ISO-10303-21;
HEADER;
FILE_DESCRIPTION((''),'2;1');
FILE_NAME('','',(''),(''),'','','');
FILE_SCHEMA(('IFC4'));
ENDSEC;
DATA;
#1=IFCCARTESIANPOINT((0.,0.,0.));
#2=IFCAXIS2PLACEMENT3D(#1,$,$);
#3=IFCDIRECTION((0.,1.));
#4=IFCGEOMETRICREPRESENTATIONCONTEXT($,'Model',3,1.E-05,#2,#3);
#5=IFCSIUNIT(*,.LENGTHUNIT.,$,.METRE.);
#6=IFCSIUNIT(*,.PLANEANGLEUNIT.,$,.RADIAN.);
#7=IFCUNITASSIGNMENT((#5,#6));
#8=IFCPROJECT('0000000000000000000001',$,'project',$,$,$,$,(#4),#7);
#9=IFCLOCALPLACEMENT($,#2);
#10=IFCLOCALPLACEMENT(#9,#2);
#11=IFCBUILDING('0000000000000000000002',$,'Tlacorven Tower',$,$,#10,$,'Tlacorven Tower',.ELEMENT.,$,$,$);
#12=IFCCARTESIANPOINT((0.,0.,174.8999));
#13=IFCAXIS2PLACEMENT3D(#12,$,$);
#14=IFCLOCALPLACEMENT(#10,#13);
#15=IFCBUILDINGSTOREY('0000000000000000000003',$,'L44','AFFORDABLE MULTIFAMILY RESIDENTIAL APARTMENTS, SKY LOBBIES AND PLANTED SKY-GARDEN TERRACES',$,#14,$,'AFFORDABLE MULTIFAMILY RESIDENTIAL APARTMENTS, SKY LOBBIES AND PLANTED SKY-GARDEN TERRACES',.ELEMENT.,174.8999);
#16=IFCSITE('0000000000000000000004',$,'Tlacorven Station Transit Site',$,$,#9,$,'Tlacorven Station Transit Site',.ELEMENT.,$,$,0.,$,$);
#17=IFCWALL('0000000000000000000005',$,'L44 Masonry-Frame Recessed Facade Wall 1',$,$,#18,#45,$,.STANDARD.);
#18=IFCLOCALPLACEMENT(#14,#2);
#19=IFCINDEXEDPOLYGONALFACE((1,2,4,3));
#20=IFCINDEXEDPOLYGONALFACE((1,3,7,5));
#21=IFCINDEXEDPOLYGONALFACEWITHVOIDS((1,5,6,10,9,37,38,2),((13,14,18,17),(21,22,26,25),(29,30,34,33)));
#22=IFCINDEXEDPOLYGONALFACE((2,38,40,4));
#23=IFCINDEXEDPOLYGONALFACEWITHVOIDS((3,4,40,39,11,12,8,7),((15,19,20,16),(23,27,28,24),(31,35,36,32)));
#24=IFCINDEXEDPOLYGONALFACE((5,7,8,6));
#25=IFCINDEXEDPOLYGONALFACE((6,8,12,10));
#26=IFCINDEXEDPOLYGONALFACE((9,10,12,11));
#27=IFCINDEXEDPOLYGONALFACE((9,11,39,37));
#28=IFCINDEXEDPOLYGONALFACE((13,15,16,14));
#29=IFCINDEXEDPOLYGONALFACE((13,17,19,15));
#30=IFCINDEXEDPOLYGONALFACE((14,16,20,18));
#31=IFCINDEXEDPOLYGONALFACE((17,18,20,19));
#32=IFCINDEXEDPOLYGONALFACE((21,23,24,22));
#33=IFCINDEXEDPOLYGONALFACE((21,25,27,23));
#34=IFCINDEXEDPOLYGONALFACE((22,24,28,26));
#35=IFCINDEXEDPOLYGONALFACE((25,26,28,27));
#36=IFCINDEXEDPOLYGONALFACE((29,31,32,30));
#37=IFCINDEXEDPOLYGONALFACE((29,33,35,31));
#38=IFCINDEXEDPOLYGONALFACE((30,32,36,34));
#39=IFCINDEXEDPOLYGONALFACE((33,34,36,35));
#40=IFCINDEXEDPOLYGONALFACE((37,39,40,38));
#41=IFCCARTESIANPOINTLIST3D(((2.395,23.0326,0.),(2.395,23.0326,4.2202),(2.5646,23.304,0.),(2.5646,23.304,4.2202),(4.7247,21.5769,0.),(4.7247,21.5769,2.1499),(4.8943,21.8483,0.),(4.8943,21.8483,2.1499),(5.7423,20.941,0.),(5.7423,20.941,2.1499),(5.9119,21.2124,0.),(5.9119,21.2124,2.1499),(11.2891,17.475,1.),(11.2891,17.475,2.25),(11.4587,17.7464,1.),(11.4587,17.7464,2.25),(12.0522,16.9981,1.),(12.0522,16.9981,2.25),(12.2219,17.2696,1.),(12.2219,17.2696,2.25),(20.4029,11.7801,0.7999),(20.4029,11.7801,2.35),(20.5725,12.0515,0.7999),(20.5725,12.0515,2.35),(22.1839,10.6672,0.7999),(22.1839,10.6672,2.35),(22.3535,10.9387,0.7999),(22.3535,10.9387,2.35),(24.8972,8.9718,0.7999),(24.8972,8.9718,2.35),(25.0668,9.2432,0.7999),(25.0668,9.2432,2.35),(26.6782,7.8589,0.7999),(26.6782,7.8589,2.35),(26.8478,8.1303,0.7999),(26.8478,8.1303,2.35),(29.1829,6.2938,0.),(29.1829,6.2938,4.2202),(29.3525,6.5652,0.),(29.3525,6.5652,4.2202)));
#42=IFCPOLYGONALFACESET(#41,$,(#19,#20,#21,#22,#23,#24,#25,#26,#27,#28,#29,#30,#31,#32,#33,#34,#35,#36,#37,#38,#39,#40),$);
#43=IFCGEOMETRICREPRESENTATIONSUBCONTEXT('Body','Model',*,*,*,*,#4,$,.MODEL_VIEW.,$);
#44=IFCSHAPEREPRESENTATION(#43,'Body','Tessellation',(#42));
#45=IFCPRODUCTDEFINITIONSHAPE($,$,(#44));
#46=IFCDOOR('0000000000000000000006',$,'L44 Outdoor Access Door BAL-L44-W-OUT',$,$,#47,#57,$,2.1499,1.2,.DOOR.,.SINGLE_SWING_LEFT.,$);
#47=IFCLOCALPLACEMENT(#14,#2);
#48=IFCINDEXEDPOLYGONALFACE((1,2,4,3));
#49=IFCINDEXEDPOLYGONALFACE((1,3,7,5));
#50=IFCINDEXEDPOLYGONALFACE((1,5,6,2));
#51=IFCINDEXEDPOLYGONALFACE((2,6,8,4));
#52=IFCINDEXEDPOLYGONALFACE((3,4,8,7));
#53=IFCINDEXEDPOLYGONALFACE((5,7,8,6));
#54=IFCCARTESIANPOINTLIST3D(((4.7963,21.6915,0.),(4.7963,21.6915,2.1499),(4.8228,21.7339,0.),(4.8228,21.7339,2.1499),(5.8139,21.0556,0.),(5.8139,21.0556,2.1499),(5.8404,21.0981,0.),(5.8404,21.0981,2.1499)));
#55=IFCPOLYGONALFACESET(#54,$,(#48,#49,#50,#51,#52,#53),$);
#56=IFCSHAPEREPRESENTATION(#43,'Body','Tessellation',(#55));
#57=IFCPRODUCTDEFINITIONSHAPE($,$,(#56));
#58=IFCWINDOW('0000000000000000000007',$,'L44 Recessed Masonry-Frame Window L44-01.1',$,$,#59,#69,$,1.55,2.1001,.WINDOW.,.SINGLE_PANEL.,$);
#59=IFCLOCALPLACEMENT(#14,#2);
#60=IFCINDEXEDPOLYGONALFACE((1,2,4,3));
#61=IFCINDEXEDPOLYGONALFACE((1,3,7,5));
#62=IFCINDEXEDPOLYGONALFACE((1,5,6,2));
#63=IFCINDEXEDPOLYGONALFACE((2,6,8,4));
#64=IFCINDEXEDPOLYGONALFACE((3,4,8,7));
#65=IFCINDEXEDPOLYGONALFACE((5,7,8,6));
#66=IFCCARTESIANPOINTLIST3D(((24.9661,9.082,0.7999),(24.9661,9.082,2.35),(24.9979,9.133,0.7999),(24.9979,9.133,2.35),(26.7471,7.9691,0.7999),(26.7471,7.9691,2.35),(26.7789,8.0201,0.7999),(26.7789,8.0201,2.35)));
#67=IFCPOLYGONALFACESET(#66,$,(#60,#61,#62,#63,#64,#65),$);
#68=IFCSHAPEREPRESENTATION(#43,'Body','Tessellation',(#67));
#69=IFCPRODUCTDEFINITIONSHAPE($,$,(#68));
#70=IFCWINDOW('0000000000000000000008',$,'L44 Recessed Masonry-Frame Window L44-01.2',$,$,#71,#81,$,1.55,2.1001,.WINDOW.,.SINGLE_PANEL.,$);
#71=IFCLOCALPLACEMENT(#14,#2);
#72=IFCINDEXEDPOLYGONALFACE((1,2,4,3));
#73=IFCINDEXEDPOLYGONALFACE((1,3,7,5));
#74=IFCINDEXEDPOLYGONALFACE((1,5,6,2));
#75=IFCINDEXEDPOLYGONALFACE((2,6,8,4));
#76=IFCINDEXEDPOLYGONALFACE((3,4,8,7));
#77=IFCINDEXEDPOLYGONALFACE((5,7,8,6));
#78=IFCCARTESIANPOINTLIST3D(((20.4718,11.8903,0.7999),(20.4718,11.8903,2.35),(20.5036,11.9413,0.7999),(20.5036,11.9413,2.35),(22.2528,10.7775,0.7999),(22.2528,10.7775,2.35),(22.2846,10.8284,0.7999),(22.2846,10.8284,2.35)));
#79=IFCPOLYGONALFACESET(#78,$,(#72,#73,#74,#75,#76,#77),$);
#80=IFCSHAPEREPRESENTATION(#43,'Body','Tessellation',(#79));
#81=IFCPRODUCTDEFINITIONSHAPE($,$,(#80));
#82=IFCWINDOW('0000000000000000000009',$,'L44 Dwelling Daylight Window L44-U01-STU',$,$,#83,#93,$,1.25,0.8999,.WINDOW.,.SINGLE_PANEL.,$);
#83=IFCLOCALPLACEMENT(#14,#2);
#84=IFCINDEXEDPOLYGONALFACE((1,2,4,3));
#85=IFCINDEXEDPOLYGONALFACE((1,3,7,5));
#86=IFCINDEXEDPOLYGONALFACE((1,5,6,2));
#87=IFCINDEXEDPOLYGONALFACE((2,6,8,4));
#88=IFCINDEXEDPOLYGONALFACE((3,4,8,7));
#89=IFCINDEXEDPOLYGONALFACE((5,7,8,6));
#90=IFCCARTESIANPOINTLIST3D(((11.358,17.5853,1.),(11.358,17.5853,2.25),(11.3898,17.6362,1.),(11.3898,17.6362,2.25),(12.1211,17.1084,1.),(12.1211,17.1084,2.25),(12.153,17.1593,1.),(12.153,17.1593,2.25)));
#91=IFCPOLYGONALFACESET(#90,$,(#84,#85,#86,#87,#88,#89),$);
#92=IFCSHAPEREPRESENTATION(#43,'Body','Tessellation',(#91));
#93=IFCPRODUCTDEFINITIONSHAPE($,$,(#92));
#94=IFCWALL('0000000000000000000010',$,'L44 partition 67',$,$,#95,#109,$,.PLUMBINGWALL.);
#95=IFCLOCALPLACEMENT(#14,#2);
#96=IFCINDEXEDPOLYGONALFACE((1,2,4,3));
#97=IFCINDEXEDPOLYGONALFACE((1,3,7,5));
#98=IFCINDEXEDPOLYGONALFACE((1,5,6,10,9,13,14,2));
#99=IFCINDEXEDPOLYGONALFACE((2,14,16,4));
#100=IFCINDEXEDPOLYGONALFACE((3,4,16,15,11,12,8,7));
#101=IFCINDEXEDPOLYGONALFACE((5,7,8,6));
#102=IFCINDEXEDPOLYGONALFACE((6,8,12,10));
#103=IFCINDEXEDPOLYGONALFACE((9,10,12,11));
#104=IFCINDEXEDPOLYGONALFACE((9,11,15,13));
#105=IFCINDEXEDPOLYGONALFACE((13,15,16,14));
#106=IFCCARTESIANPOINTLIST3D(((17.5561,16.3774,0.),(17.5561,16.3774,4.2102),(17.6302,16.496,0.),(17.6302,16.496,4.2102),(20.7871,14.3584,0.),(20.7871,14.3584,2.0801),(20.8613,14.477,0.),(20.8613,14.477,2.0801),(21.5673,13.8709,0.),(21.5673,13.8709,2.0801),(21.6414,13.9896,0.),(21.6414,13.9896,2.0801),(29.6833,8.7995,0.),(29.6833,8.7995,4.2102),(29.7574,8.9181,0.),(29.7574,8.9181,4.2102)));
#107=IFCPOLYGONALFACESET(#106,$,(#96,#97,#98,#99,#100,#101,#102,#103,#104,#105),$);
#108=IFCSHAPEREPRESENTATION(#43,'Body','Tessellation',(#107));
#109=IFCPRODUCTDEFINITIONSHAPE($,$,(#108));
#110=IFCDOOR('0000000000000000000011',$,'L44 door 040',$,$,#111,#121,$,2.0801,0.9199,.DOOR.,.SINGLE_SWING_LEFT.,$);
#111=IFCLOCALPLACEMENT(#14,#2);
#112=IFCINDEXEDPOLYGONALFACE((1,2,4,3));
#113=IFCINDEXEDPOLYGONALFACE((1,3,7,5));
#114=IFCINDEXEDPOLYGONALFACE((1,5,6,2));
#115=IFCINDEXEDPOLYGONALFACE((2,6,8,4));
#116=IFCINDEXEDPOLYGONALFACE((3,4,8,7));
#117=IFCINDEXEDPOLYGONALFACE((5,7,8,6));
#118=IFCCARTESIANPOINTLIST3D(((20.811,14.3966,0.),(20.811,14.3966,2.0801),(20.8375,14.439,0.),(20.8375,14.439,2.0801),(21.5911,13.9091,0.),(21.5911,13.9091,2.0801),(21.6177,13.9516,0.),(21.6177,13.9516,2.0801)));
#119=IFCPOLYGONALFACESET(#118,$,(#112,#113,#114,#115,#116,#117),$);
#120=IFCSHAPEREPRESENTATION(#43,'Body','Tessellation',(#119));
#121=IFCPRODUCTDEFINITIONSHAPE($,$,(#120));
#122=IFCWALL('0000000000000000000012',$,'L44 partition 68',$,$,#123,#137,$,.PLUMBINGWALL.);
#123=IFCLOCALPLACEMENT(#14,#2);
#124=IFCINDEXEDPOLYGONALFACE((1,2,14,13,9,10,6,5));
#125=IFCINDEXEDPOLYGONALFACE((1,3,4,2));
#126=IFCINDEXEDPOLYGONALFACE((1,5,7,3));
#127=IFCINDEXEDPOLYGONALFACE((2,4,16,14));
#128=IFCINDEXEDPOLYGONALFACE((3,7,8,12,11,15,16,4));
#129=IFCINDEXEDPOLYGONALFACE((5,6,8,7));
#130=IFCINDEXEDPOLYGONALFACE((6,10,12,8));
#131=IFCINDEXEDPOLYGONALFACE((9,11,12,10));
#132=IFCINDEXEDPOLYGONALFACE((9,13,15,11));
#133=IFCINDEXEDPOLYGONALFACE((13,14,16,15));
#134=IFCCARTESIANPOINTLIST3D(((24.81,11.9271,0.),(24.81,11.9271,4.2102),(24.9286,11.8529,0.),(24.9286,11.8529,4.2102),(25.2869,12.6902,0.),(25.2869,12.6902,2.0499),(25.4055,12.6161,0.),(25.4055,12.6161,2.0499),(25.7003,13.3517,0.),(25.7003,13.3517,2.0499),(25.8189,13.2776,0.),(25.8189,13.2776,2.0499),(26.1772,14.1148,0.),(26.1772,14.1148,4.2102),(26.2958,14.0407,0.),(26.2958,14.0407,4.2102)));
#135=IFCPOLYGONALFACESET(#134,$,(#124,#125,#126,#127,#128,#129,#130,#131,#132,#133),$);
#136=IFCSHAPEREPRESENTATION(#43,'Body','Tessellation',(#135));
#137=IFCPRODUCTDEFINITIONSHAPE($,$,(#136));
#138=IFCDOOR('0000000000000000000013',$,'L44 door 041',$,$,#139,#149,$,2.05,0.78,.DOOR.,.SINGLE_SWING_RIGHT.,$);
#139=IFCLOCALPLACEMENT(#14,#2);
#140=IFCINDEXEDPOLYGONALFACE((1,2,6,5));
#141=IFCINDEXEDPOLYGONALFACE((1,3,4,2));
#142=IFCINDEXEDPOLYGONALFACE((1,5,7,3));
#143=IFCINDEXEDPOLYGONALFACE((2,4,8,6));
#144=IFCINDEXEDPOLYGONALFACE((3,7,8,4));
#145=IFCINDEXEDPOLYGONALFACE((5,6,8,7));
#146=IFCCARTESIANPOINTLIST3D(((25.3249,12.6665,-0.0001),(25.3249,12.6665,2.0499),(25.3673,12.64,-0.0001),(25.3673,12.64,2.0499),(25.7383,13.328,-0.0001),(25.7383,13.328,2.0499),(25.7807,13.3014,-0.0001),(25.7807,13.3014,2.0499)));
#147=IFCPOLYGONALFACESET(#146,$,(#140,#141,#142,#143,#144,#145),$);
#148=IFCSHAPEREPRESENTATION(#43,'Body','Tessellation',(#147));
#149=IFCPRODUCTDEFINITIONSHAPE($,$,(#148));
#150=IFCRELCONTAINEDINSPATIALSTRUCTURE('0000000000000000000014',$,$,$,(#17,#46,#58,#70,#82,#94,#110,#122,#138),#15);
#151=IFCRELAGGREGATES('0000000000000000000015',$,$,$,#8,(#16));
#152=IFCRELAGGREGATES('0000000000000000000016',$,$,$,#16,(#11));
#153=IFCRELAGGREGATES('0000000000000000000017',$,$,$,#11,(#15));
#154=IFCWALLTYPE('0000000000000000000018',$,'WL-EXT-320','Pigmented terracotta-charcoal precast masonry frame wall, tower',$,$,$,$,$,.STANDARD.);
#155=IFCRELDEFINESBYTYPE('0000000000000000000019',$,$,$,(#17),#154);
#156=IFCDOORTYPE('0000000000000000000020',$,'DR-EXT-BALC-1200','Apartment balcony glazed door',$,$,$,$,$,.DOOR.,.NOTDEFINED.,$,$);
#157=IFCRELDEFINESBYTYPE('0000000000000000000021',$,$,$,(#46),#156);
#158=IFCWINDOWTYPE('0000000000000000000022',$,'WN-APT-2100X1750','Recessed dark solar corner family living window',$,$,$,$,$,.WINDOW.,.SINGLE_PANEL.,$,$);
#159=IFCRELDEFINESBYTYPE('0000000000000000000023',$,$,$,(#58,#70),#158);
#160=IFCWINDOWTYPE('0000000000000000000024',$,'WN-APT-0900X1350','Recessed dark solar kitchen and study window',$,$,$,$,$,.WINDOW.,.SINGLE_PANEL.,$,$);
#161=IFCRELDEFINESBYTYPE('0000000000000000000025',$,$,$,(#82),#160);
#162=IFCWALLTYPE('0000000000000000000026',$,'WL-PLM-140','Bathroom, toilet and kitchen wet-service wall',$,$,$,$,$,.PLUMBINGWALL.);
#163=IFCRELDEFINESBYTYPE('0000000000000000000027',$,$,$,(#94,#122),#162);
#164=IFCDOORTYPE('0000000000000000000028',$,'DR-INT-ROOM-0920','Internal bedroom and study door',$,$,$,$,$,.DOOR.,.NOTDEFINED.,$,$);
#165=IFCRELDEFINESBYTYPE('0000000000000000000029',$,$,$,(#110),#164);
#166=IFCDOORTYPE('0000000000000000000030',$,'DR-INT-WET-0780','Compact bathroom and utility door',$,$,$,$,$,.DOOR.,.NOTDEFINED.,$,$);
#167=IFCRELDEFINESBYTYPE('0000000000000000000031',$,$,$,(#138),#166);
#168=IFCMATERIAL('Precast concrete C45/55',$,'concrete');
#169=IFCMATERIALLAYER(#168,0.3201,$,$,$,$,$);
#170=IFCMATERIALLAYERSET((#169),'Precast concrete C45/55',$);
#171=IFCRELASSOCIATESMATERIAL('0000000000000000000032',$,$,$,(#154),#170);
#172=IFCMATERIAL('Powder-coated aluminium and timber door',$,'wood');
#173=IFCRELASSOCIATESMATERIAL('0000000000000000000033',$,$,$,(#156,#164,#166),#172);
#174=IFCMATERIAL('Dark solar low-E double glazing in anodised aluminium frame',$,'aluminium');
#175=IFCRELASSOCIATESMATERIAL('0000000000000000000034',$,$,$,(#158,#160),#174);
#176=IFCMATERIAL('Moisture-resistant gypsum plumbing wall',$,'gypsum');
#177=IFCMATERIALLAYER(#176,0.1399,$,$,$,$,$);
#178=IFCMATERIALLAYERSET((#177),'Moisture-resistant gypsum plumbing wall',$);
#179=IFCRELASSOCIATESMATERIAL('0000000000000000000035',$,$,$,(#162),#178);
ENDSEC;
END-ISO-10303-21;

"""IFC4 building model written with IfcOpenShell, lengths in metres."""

from ifc_helpers import new_model, si_unit, direction, frame, frame_2d, origin, place, context, subcontext, project, spatial, rectangle, extrude, source, transform, mapped, material, layer, layer_set, type_object, element, fill, save


model = new_model("IFC4")

# Units and contexts
model_context = context("Model", 3, precision=1e-05, world=origin(), true_north=direction((0.0, 1.0)))
body_context = subcontext(model_context, "Body", "Model", "MODEL_VIEW")
ifc_project = project(units=[si_unit("LENGTHUNIT", "METRE"), si_unit("PLANEANGLEUNIT", "RADIAN")], contexts=[model_context])

# Site, building, storey
site_placement = place(None, origin())
site = spatial("IfcSite", under=ifc_project, at=site_placement, Name="Tlacorven Station Transit Site", LongName="Tlacorven Station Transit Site", CompositionType="ELEMENT", RefElevation=0.0)
building_placement = place(site_placement, origin())
building = spatial("IfcBuilding", under=site, at=building_placement, Name="Tlacorven Tower", LongName="Tlacorven Tower", CompositionType="ELEMENT")
storey_placement = place(building_placement, frame((0.0, 0.0, 174.8999)))
storey = spatial("IfcBuildingStorey", under=building, at=storey_placement, Name="L44", Description="AFFORDABLE MULTIFAMILY RESIDENTIAL APARTMENTS, SKY LOBBIES AND PLANTED SKY-GARDEN TERRACES", LongName="AFFORDABLE MULTIFAMILY RESIDENTIAL APARTMENTS, SKY LOBBIES AND PLANTED SKY-GARDEN TERRACES", CompositionType="ELEMENT", Elevation=174.8999)

# Wall, openings, door, windows
ifc_material_1 = material(Name="Precast concrete C45/55", Category="concrete")
ifc_layer_1 = layer(ifc_material_1, 0.3201)
ifc_layer_set_1 = layer_set([ifc_layer_1], Name="Precast concrete C45/55")
wall_type_1 = type_object("IfcWallType", Name="WL-EXT-320", Description="Pigmented terracotta-charcoal precast masonry frame wall, tower", PredefinedType="STANDARD", material=ifc_layer_set_1)
wall_1_placement = place(storey_placement, frame((29.2678, 6.4294, 0.0), z_axis=(0.0, 0.0, 1.0), x_axis=(-0.84805, 0.529916, 0.0)))
wall_1 = element("IfcWall", 1, at=wall_1_placement, inside=storey, type_object=wall_type_1, Name="L44 Masonry-Frame Recessed Facade Wall 1", PredefinedType="STANDARD", context=body_context, shape_type="SweptSolid", body=[
    extrude(rectangle(XDim=31.5876, YDim=0.3201, at=frame_2d((15.7939, 0.0))), origin(), (0.0, 0.0, 1.0), 4.2202),
])
opening_1_placement = place(wall_1_placement, frame((27.6406, 0.0, 0.0)))
opening_1 = element("IfcOpeningElement", 2, at=opening_1_placement, cuts=wall_1, PredefinedType="OPENING", context=body_context, shape_type="SweptSolid", body=[
    extrude(rectangle(XDim=1.2, YDim=2.1499, at=frame_2d((0.6001, 1.075))), frame((0.0, 0.1699, 0.0), z_axis=(0.0, -1.0, 0.0), x_axis=(1.0, 0.0, 0.0)), (0.0, 0.0, 1.0), 0.3401),
])
opening_2_placement = place(wall_1_placement, frame((2.9536, 0.0, 0.8)))
opening_2 = element("IfcOpeningElement", 3, at=opening_2_placement, cuts=wall_1, PredefinedType="OPENING", context=body_context, shape_type="SweptSolid", body=[
    extrude(rectangle(XDim=2.1001, YDim=1.55, at=frame_2d((1.05, 0.7749))), frame((0.0, 0.1699, 0.0), z_axis=(0.0, -1.0, 0.0), x_axis=(1.0, 0.0, 0.0)), (0.0, 0.0, 1.0), 0.3401),
])
opening_3_placement = place(wall_1_placement, frame((8.2532, 0.0, 0.8)))
opening_3 = element("IfcOpeningElement", 4, at=opening_3_placement, cuts=wall_1, PredefinedType="OPENING", context=body_context, shape_type="SweptSolid", body=[
    extrude(rectangle(XDim=2.1001, YDim=1.55, at=frame_2d((1.05, 0.7749))), frame((0.0, 0.1699, 0.0), z_axis=(0.0, -1.0, 0.0), x_axis=(1.0, 0.0, 0.0)), (0.0, 0.0, 1.0), 0.3401),
])
opening_4_placement = place(wall_1_placement, frame((20.2002, 0.0, 1.0)))
opening_4 = element("IfcOpeningElement", 5, at=opening_4_placement, cuts=wall_1, PredefinedType="OPENING", context=body_context, shape_type="SweptSolid", body=[
    extrude(rectangle(XDim=0.8999, YDim=1.25, at=frame_2d((0.45, 0.625))), frame((0.0, 0.1699, 0.0), z_axis=(0.0, -1.0, 0.0), x_axis=(1.0, 0.0, 0.0)), (0.0, 0.0, 1.0), 0.3401),
])
ifc_material_2 = material(Name="Powder-coated aluminium and timber door", Category="wood")
door_type_1 = type_object("IfcDoorType", Name="DR-EXT-BALC-1200", Description="Apartment balcony glazed door", OperationType="NOTDEFINED", PredefinedType="DOOR", material=ifc_material_2)
shared_shape_1 = source(origin(), body_context, "Body", "SweptSolid", [
    extrude(rectangle(XDim=1.2, YDim=2.1499, at=frame_2d((0.6001, 1.075))), frame((0.0, 0.0249, 0.0), z_axis=(0.0, -1.0, 0.0), x_axis=(1.0, 0.0, 0.0)), (0.0, 0.0, 1.0), 0.05),
])
door_1_placement = place(opening_1_placement, origin())
door_1 = element("IfcDoor", 6, at=door_1_placement, inside=storey, type_object=door_type_1, Name="L44 Outdoor Access Door BAL-L44-W-OUT", OperationType="SINGLE_SWING_LEFT", OverallHeight=2.1499, OverallWidth=1.2, PredefinedType="DOOR", context=body_context, shape_type="MappedRepresentation", body=[
    mapped(shared_shape_1, transform((0.0, 0.0, 0.0), scale=1.0)),
])
fill(opening_1, door_1)
ifc_material_3 = material(Name="Dark solar low-E double glazing in anodised aluminium frame", Category="aluminium")
window_type_1 = type_object("IfcWindowType", Name="WN-APT-2100X1750", Description="Recessed dark solar corner family living window", PartitioningType="SINGLE_PANEL", PredefinedType="WINDOW", material=ifc_material_3)
shared_shape_2 = source(origin(), body_context, "Body", "SweptSolid", [
    extrude(rectangle(XDim=2.1001, YDim=1.55, at=frame_2d((1.05, 0.7749))), frame((0.0, 0.03, 0.0), z_axis=(0.0, -1.0, 0.0), x_axis=(1.0, 0.0, 0.0)), (0.0, 0.0, 1.0), 0.0601),
])
window_1_placement = place(opening_2_placement, origin())
window_1 = element("IfcWindow", 7, at=window_1_placement, inside=storey, type_object=window_type_1, Name="L44 Recessed Masonry-Frame Window L44-01.1", OverallHeight=1.55, OverallWidth=2.1001, PartitioningType="SINGLE_PANEL", PredefinedType="WINDOW", context=body_context, shape_type="MappedRepresentation", body=[
    mapped(shared_shape_2, transform((0.0, 0.0, 0.0), scale=1.0)),
])
fill(opening_2, window_1)
window_2_placement = place(opening_3_placement, origin())
window_2 = element("IfcWindow", 8, at=window_2_placement, inside=storey, type_object=window_type_1, Name="L44 Recessed Masonry-Frame Window L44-01.2", OverallHeight=1.55, OverallWidth=2.1001, PartitioningType="SINGLE_PANEL", PredefinedType="WINDOW", context=body_context, shape_type="MappedRepresentation", body=[
    mapped(shared_shape_2, transform((0.0, 0.0, 0.0), scale=1.0)),
])
fill(opening_3, window_2)
window_type_2 = type_object("IfcWindowType", Name="WN-APT-0900X1350", Description="Recessed dark solar kitchen and study window", PartitioningType="SINGLE_PANEL", PredefinedType="WINDOW", material=ifc_material_3)
shared_shape_3 = source(origin(), body_context, "Body", "SweptSolid", [
    extrude(rectangle(XDim=0.8999, YDim=1.25, at=frame_2d((0.45, 0.625))), frame((0.0, 0.03, 0.0), z_axis=(0.0, -1.0, 0.0), x_axis=(1.0, 0.0, 0.0)), (0.0, 0.0, 1.0), 0.0601),
])
window_3_placement = place(opening_4_placement, origin())
window_3 = element("IfcWindow", 9, at=window_3_placement, inside=storey, type_object=window_type_2, Name="L44 Dwelling Daylight Window L44-U01-STU", OverallHeight=1.25, OverallWidth=0.8999, PartitioningType="SINGLE_PANEL", PredefinedType="WINDOW", context=body_context, shape_type="MappedRepresentation", body=[
    mapped(shared_shape_3, transform((0.0, 0.0, 0.0), scale=1.0)),
])
fill(opening_4, window_3)

# Walls, openings, doors
ifc_material_4 = material(Name="Moisture-resistant gypsum plumbing wall", Category="gypsum")
ifc_layer_2 = layer(ifc_material_4, 0.1399)
ifc_layer_set_2 = layer_set([ifc_layer_2], Name="Moisture-resistant gypsum plumbing wall")
wall_type_2 = type_object("IfcWallType", Name="WL-PLM-140", Description="Bathroom, toilet and kitchen wet-service wall", PredefinedType="PLUMBINGWALL", material=ifc_layer_set_2)
wall_2_placement = place(storey_placement, frame((29.7202, 8.8589, 0.0), z_axis=(0.0, 0.0, 1.0), x_axis=(-0.848049, 0.529918, 0.0)))
wall_2 = element("IfcWall", 10, at=wall_2_placement, inside=storey, type_object=wall_type_2, Name="L44 partition 67", PredefinedType="PLUMBINGWALL", context=body_context, shape_type="SweptSolid", body=[
    extrude(rectangle(XDim=14.3, YDim=0.1399, at=frame_2d((7.1499, 0.0))), origin(), (0.0, 0.0, 1.0), 4.2102),
])
opening_5_placement = place(wall_2_placement, frame((9.5701, 0.0, 0.0)))
opening_5 = element("IfcOpeningElement", 11, at=opening_5_placement, cuts=wall_2, PredefinedType="OPENING", context=body_context, shape_type="SweptSolid", body=[
    extrude(rectangle(XDim=0.9199, YDim=2.0801, at=frame_2d((0.46, 1.04))), frame((0.0, 0.0801, 0.0), z_axis=(0.0, -1.0, 0.0), x_axis=(1.0, 0.0, 0.0)), (0.0, 0.0, 1.0), 0.1599),
])
door_type_2 = type_object("IfcDoorType", Name="DR-INT-ROOM-0920", Description="Internal bedroom and study door", OperationType="NOTDEFINED", PredefinedType="DOOR", material=ifc_material_2)
shared_shape_4 = source(origin(), body_context, "Body", "SweptSolid", [
    extrude(rectangle(XDim=0.9199, YDim=2.0801, at=frame_2d((0.46, 1.04))), frame((0.0, 0.0249, 0.0), z_axis=(0.0, -1.0, 0.0), x_axis=(1.0, 0.0, 0.0)), (0.0, 0.0, 1.0), 0.05),
])
door_2_placement = place(opening_5_placement, origin())
door_2 = element("IfcDoor", 12, at=door_2_placement, inside=storey, type_object=door_type_2, Name="L44 door 040", OperationType="SINGLE_SWING_LEFT", OverallHeight=2.0801, OverallWidth=0.9199, PredefinedType="DOOR", context=body_context, shape_type="MappedRepresentation", body=[
    mapped(shared_shape_4, transform((0.0, 0.0, 0.0), scale=1.0)),
])
fill(opening_5, door_2)
wall_3_placement = place(storey_placement, frame((26.2366, 14.0779, 0.0), z_axis=(0.0, 0.0, 1.0), x_axis=(-0.529956, -0.848025, 0.0)))
wall_3 = element("IfcWall", 13, at=wall_3_placement, inside=storey, type_object=wall_type_2, Name="L44 partition 68", PredefinedType="PLUMBINGWALL", context=body_context, shape_type="SweptSolid", body=[
    extrude(rectangle(XDim=2.5798, YDim=0.1399, at=frame_2d((1.29, 0.0))), origin(), (0.0, 0.0, 1.0), 4.2102),
])
opening_6_placement = place(wall_3_placement, frame((0.8999, 0.0, 0.0)))
opening_6 = element("IfcOpeningElement", 14, at=opening_6_placement, cuts=wall_3, PredefinedType="OPENING", context=body_context, shape_type="SweptSolid", body=[
    extrude(rectangle(XDim=0.78, YDim=2.05, at=frame_2d((0.3901, 1.0249))), frame((0.0, 0.0801, 0.0), z_axis=(0.0, -1.0, 0.0), x_axis=(1.0, 0.0, 0.0)), (0.0, 0.0, 1.0), 0.1599),
])
door_type_3 = type_object("IfcDoorType", Name="DR-INT-WET-0780", Description="Compact bathroom and utility door", OperationType="NOTDEFINED", PredefinedType="DOOR", material=ifc_material_2)
shared_shape_5 = source(origin(), body_context, "Body", "SweptSolid", [
    extrude(rectangle(XDim=0.78, YDim=2.05, at=frame_2d((0.3901, 1.0249))), frame((0.0, 0.0249, 0.0), z_axis=(0.0, -1.0, 0.0), x_axis=(1.0, 0.0, 0.0)), (0.0, 0.0, 1.0), 0.05),
])
door_3_placement = place(opening_6_placement, origin())
door_3 = element("IfcDoor", 15, at=door_3_placement, inside=storey, type_object=door_type_3, Name="L44 door 041", OperationType="SINGLE_SWING_RIGHT", OverallHeight=2.05, OverallWidth=0.78, PredefinedType="DOOR", context=body_context, shape_type="MappedRepresentation", body=[
    mapped(shared_shape_5, transform((0.0, 0.0, 0.0), scale=1.0)),
])
fill(opening_6, door_3)

save(model, "model.ifc")
